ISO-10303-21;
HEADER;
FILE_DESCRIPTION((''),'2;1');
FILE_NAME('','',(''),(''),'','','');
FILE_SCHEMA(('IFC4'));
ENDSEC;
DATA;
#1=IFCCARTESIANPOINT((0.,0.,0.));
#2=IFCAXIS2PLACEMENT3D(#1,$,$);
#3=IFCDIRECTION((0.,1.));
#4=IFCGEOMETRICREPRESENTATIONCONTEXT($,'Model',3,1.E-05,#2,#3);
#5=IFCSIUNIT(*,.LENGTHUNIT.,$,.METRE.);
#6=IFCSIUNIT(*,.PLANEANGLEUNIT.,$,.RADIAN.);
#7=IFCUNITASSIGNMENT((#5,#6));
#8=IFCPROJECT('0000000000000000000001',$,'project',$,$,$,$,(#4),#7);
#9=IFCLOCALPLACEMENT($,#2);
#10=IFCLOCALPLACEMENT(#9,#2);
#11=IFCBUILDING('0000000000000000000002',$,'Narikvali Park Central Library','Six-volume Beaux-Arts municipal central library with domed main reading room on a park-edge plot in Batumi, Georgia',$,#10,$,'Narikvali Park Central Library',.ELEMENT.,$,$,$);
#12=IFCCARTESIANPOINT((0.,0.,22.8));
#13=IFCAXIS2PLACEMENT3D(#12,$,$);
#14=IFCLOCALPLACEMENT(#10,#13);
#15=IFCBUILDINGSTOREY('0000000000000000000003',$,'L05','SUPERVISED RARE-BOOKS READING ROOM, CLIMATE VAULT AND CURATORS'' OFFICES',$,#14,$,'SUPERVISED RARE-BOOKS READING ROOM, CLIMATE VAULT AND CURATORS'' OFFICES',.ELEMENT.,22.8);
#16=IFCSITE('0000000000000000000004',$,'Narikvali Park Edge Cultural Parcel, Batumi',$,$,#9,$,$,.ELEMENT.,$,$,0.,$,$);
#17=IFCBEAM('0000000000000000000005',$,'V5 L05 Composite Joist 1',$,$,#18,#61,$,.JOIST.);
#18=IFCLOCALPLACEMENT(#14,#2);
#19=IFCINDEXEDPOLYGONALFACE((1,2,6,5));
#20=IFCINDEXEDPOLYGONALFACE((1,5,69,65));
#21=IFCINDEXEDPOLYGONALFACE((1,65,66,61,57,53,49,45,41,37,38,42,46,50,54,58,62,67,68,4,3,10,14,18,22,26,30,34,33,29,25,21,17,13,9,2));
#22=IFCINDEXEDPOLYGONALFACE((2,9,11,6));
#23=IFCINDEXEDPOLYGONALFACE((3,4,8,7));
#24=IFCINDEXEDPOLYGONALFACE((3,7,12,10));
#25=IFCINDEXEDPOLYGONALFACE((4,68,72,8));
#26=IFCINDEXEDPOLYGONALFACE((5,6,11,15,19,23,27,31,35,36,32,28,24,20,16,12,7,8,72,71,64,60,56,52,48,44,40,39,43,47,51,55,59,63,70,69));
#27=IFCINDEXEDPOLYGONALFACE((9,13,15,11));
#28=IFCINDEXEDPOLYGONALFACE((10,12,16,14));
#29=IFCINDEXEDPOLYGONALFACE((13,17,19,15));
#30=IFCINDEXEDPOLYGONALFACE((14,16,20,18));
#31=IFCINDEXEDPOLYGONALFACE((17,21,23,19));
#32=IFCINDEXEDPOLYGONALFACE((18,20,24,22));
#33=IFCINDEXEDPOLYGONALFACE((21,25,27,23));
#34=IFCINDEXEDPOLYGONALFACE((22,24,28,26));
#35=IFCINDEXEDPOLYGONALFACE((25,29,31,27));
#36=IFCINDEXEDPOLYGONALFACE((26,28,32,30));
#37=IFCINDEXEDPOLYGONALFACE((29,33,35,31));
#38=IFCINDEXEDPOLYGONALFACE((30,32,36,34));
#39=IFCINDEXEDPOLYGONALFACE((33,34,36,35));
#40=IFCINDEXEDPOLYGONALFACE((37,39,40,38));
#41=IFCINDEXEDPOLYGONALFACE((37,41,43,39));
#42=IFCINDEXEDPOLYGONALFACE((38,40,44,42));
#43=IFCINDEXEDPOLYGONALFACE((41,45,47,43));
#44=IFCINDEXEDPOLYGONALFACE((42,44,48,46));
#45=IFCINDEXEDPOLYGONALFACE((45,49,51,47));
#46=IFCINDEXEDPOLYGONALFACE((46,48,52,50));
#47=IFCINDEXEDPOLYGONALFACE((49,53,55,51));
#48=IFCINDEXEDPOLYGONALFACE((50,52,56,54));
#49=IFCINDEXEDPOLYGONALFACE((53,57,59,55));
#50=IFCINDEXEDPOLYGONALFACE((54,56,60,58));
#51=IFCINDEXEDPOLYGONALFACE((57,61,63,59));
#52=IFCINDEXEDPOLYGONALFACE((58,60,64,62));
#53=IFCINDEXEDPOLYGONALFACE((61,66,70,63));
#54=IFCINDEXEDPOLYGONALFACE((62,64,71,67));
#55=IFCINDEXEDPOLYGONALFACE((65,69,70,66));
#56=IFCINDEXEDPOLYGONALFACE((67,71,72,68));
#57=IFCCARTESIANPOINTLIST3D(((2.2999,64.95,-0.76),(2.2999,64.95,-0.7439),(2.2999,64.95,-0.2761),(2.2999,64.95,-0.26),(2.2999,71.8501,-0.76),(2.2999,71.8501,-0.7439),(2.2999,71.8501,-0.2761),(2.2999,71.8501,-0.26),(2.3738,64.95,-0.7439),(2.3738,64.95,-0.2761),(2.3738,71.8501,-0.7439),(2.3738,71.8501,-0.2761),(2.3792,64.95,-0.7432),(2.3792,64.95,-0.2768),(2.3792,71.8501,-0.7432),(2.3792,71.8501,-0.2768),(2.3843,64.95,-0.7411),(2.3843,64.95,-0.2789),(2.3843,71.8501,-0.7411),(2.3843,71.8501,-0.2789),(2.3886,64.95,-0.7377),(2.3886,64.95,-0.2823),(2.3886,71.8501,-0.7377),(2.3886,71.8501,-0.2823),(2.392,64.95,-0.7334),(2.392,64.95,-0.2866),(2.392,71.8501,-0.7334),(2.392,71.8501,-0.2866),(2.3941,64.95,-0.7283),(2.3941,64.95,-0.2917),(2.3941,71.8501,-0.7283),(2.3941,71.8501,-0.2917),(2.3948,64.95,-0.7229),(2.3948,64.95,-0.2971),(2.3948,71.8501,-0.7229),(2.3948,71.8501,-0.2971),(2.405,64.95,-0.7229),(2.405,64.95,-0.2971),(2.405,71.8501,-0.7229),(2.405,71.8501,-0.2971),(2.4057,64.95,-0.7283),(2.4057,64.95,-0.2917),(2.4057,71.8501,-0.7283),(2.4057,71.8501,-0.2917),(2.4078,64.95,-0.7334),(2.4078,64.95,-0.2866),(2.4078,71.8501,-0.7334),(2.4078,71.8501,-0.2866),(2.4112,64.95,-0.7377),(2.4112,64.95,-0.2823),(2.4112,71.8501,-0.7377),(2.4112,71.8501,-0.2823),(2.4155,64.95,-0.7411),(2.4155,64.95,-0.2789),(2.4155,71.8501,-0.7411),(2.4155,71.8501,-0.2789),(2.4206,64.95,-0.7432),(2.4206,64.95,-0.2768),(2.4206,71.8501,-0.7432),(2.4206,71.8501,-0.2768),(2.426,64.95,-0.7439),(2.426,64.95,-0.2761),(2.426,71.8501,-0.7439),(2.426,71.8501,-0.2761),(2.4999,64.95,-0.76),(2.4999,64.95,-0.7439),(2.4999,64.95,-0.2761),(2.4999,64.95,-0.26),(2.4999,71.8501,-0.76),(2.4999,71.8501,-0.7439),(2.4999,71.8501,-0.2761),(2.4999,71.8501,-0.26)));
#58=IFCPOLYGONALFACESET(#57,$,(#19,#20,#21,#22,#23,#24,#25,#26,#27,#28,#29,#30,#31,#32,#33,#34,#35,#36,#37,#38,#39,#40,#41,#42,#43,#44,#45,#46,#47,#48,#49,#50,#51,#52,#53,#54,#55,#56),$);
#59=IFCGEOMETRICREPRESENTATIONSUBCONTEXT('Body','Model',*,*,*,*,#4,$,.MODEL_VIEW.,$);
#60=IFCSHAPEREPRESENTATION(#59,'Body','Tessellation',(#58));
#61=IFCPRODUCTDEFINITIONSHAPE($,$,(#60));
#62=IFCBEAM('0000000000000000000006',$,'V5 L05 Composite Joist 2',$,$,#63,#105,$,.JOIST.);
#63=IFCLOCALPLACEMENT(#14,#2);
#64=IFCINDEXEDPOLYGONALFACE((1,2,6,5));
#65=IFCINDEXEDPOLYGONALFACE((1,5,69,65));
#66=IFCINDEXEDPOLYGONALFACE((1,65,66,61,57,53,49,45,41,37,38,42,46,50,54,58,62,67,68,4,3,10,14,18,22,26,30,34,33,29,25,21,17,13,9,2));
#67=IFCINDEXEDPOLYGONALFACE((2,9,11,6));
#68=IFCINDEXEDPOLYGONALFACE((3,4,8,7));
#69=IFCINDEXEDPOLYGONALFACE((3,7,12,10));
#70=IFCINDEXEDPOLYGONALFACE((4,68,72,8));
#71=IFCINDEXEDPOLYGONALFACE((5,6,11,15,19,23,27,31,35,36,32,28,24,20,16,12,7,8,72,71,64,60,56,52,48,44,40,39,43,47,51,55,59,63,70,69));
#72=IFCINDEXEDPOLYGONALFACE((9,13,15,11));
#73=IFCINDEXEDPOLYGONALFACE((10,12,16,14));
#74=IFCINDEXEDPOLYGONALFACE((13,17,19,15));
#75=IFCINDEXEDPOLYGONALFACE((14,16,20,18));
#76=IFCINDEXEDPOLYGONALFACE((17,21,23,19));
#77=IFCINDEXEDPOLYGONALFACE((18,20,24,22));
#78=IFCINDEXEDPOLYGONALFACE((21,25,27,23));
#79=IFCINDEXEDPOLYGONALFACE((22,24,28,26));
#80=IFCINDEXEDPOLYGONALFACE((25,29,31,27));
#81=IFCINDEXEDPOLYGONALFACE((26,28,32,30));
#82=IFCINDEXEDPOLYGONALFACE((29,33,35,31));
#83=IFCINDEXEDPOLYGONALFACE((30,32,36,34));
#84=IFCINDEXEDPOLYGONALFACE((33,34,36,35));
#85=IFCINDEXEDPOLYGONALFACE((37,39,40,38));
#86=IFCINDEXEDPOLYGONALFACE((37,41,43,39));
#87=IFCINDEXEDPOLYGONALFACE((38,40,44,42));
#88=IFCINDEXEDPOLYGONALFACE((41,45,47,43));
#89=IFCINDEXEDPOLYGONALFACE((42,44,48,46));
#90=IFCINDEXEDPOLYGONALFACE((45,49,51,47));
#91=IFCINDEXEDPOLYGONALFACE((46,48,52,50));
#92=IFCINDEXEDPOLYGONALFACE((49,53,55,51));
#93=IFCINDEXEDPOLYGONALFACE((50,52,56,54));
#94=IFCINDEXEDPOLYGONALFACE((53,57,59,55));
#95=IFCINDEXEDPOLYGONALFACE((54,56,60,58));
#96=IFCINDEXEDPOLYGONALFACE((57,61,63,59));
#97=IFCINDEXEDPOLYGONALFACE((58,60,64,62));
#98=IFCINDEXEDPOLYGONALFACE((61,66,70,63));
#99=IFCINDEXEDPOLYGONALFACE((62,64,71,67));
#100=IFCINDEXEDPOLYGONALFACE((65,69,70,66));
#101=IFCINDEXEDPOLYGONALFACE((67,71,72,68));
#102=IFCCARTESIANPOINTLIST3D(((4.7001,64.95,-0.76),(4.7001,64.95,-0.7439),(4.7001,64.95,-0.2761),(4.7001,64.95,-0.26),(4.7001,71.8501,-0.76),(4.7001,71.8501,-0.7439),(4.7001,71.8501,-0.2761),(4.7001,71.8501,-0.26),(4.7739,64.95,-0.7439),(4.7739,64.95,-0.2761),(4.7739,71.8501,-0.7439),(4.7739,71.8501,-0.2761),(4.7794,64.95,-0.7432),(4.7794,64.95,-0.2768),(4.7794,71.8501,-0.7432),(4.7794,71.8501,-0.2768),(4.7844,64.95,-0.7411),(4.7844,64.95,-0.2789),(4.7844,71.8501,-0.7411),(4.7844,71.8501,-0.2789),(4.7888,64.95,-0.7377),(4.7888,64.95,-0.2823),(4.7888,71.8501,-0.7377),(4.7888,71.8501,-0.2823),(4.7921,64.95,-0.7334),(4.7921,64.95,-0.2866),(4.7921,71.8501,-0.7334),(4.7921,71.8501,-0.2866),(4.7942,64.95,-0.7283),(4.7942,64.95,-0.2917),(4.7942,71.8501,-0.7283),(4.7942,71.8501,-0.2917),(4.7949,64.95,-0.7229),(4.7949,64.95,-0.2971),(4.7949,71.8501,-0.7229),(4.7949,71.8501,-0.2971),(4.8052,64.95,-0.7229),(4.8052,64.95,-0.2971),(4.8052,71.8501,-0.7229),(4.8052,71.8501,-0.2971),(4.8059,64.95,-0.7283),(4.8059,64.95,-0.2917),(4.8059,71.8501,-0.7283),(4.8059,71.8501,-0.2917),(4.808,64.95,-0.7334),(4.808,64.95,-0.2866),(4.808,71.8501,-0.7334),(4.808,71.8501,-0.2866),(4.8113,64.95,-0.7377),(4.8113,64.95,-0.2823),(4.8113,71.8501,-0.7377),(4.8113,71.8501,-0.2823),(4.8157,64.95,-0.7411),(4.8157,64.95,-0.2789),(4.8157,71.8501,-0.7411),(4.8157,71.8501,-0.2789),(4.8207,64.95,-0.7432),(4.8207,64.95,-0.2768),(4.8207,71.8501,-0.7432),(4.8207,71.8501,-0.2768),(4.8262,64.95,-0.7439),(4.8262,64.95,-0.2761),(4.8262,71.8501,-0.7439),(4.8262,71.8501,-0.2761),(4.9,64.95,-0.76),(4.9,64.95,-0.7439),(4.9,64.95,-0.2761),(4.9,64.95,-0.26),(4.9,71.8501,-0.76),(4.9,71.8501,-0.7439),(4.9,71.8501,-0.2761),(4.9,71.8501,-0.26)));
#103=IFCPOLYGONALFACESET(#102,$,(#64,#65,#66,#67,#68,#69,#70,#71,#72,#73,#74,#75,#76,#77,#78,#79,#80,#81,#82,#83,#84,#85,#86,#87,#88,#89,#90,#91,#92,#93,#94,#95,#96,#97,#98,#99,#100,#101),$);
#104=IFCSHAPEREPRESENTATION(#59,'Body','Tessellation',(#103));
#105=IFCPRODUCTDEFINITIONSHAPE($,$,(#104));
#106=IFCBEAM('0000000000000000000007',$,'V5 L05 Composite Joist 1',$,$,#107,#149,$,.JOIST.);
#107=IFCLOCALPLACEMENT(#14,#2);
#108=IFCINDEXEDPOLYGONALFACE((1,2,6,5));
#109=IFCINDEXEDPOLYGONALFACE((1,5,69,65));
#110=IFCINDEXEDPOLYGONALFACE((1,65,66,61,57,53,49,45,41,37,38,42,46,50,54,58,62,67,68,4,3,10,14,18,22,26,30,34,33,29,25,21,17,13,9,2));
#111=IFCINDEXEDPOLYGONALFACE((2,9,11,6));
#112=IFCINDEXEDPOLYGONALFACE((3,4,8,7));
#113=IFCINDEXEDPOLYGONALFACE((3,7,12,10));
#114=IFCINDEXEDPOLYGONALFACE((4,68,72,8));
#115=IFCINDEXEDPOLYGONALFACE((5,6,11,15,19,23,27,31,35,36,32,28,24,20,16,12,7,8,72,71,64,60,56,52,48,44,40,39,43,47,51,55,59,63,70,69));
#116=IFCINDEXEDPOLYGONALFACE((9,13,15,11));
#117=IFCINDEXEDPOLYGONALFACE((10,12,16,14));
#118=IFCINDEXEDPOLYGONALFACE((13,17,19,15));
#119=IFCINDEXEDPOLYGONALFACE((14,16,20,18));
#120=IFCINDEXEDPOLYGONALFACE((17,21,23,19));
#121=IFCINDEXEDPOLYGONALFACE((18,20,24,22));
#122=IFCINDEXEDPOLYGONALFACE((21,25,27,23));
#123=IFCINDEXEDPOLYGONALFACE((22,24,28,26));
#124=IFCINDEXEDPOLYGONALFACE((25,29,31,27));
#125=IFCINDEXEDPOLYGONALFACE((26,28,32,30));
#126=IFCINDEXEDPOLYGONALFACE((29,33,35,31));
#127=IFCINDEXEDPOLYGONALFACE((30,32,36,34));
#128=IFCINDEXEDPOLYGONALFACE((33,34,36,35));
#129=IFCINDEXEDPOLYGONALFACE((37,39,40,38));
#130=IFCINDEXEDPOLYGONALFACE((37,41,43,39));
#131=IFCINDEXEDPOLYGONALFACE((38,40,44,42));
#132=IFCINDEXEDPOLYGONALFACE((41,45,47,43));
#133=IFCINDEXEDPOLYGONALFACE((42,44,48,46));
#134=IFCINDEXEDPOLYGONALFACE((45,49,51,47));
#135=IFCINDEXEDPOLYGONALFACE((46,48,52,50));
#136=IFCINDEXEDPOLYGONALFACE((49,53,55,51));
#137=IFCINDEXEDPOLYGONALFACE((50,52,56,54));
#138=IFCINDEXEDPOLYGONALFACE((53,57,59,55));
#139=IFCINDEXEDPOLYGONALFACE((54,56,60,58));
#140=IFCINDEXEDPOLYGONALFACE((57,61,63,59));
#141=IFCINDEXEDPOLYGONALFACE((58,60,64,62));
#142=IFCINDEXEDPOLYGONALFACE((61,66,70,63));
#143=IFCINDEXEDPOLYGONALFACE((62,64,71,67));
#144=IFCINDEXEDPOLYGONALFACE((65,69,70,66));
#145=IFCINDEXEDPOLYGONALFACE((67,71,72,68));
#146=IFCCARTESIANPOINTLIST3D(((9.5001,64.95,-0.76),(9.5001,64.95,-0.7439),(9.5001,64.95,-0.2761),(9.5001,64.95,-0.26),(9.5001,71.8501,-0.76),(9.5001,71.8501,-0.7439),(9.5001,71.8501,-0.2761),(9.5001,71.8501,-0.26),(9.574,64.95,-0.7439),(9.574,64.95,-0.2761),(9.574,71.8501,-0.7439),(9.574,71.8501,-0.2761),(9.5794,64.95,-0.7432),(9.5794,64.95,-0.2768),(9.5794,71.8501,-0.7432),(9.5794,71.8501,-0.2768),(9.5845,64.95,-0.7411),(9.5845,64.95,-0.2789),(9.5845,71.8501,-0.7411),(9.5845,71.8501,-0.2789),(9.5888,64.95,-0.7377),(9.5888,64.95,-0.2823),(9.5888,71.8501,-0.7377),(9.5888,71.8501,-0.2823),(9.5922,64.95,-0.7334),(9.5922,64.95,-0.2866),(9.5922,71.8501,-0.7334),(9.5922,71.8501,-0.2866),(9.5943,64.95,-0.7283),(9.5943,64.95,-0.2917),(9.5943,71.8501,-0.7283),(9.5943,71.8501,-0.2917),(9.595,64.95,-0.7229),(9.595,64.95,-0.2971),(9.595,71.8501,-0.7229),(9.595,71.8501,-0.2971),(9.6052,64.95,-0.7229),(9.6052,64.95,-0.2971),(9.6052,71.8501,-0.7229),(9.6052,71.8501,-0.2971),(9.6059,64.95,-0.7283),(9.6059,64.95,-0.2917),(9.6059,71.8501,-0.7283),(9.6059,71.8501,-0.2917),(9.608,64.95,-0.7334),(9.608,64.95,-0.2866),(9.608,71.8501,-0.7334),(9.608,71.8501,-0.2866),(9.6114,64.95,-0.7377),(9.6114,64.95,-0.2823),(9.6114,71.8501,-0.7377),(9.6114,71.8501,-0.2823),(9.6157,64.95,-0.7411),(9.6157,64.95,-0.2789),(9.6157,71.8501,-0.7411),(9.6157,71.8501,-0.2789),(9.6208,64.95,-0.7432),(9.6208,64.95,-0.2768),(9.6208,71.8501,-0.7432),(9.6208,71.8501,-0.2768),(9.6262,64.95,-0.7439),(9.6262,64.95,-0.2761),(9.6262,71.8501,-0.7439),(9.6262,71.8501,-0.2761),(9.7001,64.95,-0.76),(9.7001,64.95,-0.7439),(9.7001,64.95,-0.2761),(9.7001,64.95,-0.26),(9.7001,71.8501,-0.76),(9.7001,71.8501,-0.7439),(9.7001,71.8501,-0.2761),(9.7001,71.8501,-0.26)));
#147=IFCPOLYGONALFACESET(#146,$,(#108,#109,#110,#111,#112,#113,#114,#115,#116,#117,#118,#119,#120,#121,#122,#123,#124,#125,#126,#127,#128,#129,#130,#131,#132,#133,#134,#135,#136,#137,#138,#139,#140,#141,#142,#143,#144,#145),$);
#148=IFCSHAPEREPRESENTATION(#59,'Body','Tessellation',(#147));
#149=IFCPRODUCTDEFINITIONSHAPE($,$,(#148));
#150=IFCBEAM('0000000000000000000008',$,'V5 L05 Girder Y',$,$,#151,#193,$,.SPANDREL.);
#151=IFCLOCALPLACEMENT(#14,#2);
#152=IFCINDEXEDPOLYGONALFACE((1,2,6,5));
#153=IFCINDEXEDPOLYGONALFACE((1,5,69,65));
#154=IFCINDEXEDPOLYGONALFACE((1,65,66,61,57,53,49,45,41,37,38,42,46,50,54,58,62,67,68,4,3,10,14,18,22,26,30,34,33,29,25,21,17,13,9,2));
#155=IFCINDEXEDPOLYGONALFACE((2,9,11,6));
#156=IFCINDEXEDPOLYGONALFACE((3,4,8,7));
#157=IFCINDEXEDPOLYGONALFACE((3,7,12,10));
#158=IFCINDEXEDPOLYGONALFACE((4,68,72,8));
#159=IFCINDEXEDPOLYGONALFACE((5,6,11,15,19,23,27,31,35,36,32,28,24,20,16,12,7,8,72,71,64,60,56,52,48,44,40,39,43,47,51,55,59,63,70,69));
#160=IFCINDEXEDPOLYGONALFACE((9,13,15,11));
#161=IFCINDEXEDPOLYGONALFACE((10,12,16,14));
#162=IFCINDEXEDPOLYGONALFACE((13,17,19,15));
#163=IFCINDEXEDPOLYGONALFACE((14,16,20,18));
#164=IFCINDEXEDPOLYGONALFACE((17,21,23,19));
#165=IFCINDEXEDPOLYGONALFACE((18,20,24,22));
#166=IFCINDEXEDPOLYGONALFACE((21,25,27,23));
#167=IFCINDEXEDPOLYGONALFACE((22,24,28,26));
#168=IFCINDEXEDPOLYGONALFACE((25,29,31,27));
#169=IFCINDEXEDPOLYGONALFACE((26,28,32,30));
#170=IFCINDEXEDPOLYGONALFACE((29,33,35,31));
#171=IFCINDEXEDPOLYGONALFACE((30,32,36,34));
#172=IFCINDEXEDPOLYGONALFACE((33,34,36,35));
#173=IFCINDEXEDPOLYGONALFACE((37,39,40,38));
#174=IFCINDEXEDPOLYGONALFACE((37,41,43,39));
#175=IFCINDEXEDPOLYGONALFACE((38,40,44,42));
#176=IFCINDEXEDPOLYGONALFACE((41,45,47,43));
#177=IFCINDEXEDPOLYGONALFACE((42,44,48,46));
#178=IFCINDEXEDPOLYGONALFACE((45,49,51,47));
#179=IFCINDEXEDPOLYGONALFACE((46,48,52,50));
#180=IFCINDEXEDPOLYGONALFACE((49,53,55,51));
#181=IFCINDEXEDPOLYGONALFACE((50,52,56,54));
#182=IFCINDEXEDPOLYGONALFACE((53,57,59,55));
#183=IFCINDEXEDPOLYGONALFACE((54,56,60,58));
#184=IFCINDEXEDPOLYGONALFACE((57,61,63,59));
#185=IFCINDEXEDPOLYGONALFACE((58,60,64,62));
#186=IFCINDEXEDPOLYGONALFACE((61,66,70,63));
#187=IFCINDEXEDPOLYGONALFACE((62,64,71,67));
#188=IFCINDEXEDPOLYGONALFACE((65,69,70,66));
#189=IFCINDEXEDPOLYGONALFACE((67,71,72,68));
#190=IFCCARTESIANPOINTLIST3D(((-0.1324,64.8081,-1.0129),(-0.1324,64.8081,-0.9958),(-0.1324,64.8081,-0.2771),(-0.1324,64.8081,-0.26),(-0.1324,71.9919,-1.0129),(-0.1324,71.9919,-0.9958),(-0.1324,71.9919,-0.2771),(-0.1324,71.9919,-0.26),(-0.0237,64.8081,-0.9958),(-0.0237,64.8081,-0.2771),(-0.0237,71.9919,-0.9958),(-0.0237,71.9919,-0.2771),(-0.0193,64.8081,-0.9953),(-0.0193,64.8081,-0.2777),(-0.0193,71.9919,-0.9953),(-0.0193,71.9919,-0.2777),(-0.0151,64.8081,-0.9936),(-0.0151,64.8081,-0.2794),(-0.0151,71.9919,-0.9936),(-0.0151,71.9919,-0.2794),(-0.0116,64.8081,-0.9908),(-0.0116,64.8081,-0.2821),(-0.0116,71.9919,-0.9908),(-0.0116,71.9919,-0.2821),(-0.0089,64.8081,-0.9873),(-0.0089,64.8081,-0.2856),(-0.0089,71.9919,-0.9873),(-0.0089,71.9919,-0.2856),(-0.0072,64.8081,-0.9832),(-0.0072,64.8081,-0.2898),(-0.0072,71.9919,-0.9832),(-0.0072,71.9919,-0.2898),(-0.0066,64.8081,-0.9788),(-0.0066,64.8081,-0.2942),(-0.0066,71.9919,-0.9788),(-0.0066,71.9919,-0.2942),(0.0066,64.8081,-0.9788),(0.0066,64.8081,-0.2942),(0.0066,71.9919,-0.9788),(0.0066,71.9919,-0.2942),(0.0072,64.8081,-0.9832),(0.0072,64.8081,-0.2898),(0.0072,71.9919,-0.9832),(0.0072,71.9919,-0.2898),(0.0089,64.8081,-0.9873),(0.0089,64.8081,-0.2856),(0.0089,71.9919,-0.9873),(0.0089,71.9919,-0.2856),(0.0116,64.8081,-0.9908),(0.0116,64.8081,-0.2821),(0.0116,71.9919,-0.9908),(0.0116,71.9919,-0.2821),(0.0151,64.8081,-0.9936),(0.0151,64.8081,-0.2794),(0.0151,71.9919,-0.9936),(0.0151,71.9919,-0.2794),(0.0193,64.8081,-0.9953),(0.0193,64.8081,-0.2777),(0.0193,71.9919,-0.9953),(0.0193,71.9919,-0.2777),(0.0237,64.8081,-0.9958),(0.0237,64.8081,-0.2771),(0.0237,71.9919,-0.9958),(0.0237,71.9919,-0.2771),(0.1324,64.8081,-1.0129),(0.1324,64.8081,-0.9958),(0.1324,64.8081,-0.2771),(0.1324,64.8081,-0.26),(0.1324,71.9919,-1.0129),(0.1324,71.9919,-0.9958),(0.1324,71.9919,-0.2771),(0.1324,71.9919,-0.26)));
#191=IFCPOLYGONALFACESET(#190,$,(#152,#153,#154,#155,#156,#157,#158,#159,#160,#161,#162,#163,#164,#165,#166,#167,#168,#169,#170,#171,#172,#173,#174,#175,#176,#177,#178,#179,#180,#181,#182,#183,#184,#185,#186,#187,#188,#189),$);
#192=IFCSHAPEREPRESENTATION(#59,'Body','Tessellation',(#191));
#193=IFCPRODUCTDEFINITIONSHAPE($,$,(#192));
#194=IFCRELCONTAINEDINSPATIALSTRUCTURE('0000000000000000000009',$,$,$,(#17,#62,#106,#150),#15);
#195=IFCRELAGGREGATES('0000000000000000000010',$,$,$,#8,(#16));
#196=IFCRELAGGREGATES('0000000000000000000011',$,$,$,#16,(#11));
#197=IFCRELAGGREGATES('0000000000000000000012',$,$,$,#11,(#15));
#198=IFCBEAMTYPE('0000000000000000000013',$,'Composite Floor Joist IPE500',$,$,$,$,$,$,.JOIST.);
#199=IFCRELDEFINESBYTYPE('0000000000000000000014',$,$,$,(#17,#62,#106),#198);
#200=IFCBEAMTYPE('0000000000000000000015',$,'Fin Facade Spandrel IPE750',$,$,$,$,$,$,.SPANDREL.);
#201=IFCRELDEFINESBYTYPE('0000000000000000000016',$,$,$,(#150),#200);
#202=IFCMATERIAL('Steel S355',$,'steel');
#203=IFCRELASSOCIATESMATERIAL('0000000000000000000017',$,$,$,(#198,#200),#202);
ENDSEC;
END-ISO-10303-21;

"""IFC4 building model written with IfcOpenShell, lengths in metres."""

from ifc_helpers import new_model, si_unit, direction, frame, origin, origin_2d, place, context, subcontext, project, spatial, i_section, extrude, material, material_profile, profile_set, type_object, element, save


model = new_model("IFC4")

# Units and contexts
model_context = context("Model", 3, precision=1e-05, world=origin(), true_north=direction((0.0, 1.0)))
body_context = subcontext(model_context, "Body", "Model", "MODEL_VIEW")
ifc_project = project(units=[si_unit("LENGTHUNIT", "METRE"), si_unit("PLANEANGLEUNIT", "RADIAN")], contexts=[model_context])

# Site, building, storey
site_placement = place(None, origin())
site = spatial("IfcSite", under=ifc_project, at=site_placement, Name="Narikvali Park Edge Cultural Parcel, Batumi", CompositionType="ELEMENT", RefElevation=0.0)
building_placement = place(site_placement, origin())
building = spatial("IfcBuilding", under=site, at=building_placement, Name="Narikvali Park Central Library", Description="Six-volume Beaux-Arts municipal central library with domed main reading room on a park-edge plot in Batumi, Georgia", LongName="Narikvali Park Central Library", CompositionType="ELEMENT")
storey_placement = place(building_placement, frame((0.0, 0.0, 22.8)))
storey = spatial("IfcBuildingStorey", under=building, at=storey_placement, Name="L05", Description="SUPERVISED RARE-BOOKS READING ROOM, CLIMATE VAULT AND CURATORS' OFFICES", LongName="SUPERVISED RARE-BOOKS READING ROOM, CLIMATE VAULT AND CURATORS' OFFICES", CompositionType="ELEMENT", Elevation=22.8)

# Shared definitions
ifc_material_1 = material(Name="Steel S355", Category="steel")

# Beams
ifc_material_profile_1 = material_profile(ifc_material_1, i_section(OverallWidth=0.2, OverallDepth=0.5, WebThickness=0.0103, FlangeThickness=0.0161, FilletRadius=0.021, at=origin_2d()), Name="IPE 500")
ifc_profile_set_1 = profile_set([ifc_material_profile_1], Name="Steel S355")
beam_type_1 = type_object("IfcBeamType", Name="Composite Floor Joist IPE500", PredefinedType="JOIST", material=ifc_profile_set_1)
for number, where, z_axis, x_axis, name in (
    (1, (2.3999, 64.95, -0.51), (0.0, 1.0, 0.0), (-1.0, 0.0, 0.0), "V5 L05 Composite Joist 1"),
    (2, (4.8, 64.95, -0.51), (0.0, 1.0, 0.0), (-1.0, 0.0, 0.0), "V5 L05 Composite Joist 2"),
    (3, (9.6001, 64.95, -0.51), (0.0, 1.0, 0.0), (-1.0, 0.0, 0.0), "V5 L05 Composite Joist 1"),
):
    element("IfcBeam", number, at=place(storey_placement, frame(where, z_axis=z_axis, x_axis=x_axis)), inside=storey, type_object=beam_type_1, Name=name, PredefinedType="JOIST", context=body_context, shape_type="SweptSolid", body=[
        extrude(i_section(OverallWidth=0.2, OverallDepth=0.5, WebThickness=0.0103, FlangeThickness=0.0161, FilletRadius=0.021, at=origin_2d()), origin(), (0.0, 0.0, 1.0), 6.9001),
    ])
ifc_material_profile_2 = material_profile(ifc_material_1, i_section(OverallWidth=0.2649, OverallDepth=0.7529, WebThickness=0.0132, FlangeThickness=0.0171, FilletRadius=0.0171, at=origin_2d()), Name="IPE 750x147")
ifc_profile_set_2 = profile_set([ifc_material_profile_2], Name="Steel S355")
beam_type_2 = type_object("IfcBeamType", Name="Fin Facade Spandrel IPE750", PredefinedType="SPANDREL", material=ifc_profile_set_2)
beam_1_placement = place(storey_placement, frame((0.0, 64.8081, -0.6365), z_axis=(0.0, 1.0, 0.0), x_axis=(-1.0, 0.0, 0.0)))
element("IfcBeam", 4, at=beam_1_placement, inside=storey, type_object=beam_type_2, Name="V5 L05 Girder Y", PredefinedType="SPANDREL", context=body_context, shape_type="SweptSolid", body=[
    extrude(i_section(OverallWidth=0.2649, OverallDepth=0.7529, WebThickness=0.0132, FlangeThickness=0.0171, FilletRadius=0.0171, at=origin_2d()), origin(), (0.0, 0.0, 1.0), 7.1838),
])

save(model, "model.ifc")
